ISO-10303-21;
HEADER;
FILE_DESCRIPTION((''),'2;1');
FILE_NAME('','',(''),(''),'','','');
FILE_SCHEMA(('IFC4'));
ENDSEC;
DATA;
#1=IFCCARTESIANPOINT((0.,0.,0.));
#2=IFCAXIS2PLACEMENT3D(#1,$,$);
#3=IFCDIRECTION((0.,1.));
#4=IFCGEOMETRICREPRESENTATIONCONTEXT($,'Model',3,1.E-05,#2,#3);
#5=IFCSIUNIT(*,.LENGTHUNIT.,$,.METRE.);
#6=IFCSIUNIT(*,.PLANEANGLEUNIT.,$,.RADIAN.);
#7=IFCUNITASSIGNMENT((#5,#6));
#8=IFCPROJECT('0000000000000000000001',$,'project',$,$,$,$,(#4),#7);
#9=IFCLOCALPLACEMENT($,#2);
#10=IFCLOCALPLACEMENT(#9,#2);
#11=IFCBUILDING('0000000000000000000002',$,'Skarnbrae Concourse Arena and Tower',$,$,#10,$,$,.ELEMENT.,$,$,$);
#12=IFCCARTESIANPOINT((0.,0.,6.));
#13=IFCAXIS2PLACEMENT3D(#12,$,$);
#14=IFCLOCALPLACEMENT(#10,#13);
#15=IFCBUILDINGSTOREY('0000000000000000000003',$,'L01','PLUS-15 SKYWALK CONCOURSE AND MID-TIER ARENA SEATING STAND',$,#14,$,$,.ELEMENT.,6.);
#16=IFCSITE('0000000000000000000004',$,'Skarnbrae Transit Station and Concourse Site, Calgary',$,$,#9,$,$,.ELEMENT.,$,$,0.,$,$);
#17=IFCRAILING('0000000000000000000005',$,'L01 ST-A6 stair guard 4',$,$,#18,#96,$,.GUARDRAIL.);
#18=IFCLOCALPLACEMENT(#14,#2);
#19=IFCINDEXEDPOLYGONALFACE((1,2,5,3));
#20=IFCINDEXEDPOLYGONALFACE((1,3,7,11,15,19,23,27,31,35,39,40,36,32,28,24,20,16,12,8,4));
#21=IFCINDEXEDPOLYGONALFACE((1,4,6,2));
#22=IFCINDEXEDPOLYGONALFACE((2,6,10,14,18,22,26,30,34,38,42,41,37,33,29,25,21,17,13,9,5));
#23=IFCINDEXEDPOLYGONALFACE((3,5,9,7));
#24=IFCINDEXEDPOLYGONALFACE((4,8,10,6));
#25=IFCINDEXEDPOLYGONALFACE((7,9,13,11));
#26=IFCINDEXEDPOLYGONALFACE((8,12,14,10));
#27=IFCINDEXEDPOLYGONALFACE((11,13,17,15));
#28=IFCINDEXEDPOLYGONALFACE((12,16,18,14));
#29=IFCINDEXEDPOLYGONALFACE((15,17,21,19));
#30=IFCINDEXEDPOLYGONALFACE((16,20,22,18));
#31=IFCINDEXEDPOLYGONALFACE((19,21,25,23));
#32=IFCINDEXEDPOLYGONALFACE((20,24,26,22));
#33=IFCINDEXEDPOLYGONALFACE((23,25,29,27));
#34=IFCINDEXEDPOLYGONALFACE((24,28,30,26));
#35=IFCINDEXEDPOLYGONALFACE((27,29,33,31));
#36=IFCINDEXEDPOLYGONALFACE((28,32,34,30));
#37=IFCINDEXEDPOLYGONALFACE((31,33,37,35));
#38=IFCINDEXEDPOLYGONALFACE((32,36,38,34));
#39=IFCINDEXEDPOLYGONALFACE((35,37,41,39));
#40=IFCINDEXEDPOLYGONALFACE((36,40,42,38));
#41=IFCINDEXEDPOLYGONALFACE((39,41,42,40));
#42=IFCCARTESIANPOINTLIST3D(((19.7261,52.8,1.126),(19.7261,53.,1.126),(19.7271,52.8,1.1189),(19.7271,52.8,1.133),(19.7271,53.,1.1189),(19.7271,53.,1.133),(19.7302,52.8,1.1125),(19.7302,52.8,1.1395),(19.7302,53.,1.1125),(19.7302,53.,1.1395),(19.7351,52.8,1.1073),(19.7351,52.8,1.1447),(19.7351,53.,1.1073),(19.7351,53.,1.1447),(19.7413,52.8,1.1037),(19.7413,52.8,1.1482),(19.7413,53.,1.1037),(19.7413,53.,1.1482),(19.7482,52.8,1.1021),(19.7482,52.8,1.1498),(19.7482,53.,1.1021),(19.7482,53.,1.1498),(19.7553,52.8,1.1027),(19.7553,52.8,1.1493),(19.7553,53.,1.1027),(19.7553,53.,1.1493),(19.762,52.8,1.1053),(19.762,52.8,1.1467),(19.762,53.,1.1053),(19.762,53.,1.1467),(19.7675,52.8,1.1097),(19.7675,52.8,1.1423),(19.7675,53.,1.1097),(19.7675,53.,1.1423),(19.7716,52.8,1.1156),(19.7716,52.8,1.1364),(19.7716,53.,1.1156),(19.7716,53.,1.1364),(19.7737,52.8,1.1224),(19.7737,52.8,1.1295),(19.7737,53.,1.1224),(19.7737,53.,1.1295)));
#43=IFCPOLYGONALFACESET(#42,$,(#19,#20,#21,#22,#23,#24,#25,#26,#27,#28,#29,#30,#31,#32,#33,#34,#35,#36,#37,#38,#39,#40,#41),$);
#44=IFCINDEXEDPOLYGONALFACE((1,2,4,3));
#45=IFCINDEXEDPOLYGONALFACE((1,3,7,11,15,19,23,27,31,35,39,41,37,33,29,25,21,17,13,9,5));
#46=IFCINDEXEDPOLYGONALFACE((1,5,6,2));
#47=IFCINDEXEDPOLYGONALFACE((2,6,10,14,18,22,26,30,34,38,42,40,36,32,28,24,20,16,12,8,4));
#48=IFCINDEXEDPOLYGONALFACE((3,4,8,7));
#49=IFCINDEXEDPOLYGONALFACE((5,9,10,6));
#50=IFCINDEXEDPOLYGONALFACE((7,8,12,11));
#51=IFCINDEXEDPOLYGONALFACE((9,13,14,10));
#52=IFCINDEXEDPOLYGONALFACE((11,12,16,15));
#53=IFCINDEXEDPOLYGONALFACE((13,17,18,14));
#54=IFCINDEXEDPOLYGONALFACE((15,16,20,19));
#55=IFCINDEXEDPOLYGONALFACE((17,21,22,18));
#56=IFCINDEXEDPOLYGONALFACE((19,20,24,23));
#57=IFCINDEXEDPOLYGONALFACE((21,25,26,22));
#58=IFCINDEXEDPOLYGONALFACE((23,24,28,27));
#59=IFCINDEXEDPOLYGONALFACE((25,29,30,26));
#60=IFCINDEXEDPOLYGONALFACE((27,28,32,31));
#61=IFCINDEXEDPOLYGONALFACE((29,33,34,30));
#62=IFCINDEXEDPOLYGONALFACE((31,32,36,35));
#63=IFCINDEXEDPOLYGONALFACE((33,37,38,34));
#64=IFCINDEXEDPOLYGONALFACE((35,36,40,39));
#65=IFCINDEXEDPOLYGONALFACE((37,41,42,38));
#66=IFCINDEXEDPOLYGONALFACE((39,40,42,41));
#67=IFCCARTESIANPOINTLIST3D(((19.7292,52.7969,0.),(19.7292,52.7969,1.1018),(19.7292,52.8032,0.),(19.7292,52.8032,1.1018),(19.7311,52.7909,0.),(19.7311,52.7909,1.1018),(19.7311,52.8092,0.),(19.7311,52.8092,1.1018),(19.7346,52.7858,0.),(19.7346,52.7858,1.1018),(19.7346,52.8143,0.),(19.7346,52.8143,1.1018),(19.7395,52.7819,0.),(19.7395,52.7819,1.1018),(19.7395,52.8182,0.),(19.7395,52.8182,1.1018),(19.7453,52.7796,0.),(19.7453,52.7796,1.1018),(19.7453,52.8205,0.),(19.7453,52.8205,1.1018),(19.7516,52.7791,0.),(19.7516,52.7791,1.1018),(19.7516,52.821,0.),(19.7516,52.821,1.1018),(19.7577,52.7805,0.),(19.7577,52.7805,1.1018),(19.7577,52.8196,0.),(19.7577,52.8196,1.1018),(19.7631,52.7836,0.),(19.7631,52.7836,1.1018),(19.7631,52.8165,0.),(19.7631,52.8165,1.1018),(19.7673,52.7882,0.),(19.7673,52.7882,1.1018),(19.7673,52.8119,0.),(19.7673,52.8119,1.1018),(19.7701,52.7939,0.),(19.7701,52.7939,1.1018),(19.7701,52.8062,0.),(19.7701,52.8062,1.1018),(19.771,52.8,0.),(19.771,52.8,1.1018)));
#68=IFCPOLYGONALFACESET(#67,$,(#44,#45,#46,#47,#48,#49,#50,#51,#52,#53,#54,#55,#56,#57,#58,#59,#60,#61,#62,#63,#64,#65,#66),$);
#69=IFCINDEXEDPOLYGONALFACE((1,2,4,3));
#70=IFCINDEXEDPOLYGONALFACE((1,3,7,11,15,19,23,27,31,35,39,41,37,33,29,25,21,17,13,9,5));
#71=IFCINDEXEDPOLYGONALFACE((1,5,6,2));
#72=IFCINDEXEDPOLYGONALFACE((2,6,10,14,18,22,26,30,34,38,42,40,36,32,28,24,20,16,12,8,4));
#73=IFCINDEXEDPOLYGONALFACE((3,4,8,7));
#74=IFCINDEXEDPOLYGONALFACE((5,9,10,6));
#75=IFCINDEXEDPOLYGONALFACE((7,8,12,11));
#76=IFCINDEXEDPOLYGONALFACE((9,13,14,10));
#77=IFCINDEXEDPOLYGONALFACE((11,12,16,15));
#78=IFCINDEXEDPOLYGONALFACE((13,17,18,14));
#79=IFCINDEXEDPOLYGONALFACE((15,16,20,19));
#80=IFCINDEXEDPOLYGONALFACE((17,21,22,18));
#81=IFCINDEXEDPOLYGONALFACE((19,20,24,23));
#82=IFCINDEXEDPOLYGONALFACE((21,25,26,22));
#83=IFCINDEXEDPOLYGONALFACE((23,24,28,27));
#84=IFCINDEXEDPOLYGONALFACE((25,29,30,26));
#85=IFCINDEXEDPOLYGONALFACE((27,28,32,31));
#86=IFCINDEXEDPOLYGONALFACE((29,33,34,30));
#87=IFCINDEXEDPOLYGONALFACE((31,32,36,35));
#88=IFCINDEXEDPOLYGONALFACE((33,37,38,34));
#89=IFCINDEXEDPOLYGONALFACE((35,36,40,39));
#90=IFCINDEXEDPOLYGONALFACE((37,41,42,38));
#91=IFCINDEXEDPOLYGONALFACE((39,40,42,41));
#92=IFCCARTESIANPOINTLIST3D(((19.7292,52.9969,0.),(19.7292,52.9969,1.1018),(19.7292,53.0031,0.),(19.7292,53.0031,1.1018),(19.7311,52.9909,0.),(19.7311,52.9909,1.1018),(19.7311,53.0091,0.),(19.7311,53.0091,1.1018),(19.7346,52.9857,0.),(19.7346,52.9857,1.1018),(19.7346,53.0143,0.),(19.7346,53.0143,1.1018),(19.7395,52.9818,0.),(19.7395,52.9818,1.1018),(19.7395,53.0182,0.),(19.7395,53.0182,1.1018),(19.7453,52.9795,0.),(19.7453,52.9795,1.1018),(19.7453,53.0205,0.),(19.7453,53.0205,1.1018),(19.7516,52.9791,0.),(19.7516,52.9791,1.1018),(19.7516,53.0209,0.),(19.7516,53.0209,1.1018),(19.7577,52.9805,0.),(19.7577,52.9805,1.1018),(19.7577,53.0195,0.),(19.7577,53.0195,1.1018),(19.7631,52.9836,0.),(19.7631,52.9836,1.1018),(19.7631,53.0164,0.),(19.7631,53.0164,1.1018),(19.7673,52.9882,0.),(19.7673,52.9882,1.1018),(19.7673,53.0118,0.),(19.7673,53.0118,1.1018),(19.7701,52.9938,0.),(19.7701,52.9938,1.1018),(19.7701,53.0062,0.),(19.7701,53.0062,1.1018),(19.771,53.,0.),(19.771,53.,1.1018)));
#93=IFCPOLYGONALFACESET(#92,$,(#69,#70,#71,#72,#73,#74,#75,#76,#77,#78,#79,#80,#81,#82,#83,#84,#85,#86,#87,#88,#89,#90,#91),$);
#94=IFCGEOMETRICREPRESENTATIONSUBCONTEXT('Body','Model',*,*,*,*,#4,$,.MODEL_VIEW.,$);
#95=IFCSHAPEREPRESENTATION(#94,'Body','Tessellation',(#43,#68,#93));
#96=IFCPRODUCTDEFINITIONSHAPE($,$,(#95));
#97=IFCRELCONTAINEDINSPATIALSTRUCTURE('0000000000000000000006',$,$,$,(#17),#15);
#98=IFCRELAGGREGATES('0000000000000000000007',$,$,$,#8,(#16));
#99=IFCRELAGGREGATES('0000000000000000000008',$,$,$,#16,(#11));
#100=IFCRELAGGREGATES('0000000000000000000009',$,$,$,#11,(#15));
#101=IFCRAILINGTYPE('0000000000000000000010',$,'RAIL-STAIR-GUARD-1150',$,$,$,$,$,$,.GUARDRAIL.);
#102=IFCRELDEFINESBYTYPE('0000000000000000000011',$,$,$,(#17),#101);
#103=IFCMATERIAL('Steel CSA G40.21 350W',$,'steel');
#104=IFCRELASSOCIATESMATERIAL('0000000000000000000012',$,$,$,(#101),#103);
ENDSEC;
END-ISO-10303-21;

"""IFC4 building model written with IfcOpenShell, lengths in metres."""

from ifc_helpers import new_model, si_unit, direction, frame, origin, origin_2d, place, context, subcontext, project, spatial, circle, extrude, material, type_object, element, save


model = new_model("IFC4")

# Units and contexts
model_context = context("Model", 3, precision=1e-05, world=origin(), true_north=direction((0.0, 1.0)))
body_context = subcontext(model_context, "Body", "Model", "MODEL_VIEW")
ifc_project = project(units=[si_unit("LENGTHUNIT", "METRE"), si_unit("PLANEANGLEUNIT", "RADIAN")], contexts=[model_context])

# Site, building, storey
site_placement = place(None, origin())
site = spatial("IfcSite", under=ifc_project, at=site_placement, Name="Skarnbrae Transit Station and Concourse Site, Calgary", CompositionType="ELEMENT", RefElevation=0.0)
building_placement = place(site_placement, origin())
building = spatial("IfcBuilding", under=site, at=building_placement, Name="Skarnbrae Concourse Arena and Tower", CompositionType="ELEMENT")
storey_placement = place(building_placement, frame((0.0, 0.0, 6.0)))
storey = spatial("IfcBuildingStorey", under=building, at=storey_placement, Name="L01", Description="PLUS-15 SKYWALK CONCOURSE AND MID-TIER ARENA SEATING STAND", CompositionType="ELEMENT", Elevation=6.0)

# Shared definitions
ifc_material_1 = material(Name="Steel CSA G40.21 350W", Category="steel")

# Railing
railing_type_1 = type_object("IfcRailingType", Name="RAIL-STAIR-GUARD-1150", PredefinedType="GUARDRAIL", material=ifc_material_1)
railing_1_placement = place(storey_placement, frame((19.75, 52.8, 0.0)))
element("IfcRailing", 1, at=railing_1_placement, inside=storey, type_object=railing_type_1, Name="L01 ST-A6 stair guard 4", PredefinedType="GUARDRAIL", context=body_context, shape_type="SweptSolid", body=[
    extrude(circle(Radius=0.0239, at=origin_2d()), frame((0.0, 0.0, 1.126), z_axis=(0.0, 1.0, 0.0), x_axis=(-1.0, 0.0, 0.0)), (0.0, 0.0, 1.0), 0.2),
    extrude(circle(Radius=0.021, at=origin_2d()), origin(), (0.0, 0.0, 1.0), 1.1018),
    extrude(circle(Radius=0.021, at=origin_2d()), frame((0.0, 0.2, 0.0)), (0.0, 0.0, 1.0), 1.1018),
])

save(model, "model.ifc")
